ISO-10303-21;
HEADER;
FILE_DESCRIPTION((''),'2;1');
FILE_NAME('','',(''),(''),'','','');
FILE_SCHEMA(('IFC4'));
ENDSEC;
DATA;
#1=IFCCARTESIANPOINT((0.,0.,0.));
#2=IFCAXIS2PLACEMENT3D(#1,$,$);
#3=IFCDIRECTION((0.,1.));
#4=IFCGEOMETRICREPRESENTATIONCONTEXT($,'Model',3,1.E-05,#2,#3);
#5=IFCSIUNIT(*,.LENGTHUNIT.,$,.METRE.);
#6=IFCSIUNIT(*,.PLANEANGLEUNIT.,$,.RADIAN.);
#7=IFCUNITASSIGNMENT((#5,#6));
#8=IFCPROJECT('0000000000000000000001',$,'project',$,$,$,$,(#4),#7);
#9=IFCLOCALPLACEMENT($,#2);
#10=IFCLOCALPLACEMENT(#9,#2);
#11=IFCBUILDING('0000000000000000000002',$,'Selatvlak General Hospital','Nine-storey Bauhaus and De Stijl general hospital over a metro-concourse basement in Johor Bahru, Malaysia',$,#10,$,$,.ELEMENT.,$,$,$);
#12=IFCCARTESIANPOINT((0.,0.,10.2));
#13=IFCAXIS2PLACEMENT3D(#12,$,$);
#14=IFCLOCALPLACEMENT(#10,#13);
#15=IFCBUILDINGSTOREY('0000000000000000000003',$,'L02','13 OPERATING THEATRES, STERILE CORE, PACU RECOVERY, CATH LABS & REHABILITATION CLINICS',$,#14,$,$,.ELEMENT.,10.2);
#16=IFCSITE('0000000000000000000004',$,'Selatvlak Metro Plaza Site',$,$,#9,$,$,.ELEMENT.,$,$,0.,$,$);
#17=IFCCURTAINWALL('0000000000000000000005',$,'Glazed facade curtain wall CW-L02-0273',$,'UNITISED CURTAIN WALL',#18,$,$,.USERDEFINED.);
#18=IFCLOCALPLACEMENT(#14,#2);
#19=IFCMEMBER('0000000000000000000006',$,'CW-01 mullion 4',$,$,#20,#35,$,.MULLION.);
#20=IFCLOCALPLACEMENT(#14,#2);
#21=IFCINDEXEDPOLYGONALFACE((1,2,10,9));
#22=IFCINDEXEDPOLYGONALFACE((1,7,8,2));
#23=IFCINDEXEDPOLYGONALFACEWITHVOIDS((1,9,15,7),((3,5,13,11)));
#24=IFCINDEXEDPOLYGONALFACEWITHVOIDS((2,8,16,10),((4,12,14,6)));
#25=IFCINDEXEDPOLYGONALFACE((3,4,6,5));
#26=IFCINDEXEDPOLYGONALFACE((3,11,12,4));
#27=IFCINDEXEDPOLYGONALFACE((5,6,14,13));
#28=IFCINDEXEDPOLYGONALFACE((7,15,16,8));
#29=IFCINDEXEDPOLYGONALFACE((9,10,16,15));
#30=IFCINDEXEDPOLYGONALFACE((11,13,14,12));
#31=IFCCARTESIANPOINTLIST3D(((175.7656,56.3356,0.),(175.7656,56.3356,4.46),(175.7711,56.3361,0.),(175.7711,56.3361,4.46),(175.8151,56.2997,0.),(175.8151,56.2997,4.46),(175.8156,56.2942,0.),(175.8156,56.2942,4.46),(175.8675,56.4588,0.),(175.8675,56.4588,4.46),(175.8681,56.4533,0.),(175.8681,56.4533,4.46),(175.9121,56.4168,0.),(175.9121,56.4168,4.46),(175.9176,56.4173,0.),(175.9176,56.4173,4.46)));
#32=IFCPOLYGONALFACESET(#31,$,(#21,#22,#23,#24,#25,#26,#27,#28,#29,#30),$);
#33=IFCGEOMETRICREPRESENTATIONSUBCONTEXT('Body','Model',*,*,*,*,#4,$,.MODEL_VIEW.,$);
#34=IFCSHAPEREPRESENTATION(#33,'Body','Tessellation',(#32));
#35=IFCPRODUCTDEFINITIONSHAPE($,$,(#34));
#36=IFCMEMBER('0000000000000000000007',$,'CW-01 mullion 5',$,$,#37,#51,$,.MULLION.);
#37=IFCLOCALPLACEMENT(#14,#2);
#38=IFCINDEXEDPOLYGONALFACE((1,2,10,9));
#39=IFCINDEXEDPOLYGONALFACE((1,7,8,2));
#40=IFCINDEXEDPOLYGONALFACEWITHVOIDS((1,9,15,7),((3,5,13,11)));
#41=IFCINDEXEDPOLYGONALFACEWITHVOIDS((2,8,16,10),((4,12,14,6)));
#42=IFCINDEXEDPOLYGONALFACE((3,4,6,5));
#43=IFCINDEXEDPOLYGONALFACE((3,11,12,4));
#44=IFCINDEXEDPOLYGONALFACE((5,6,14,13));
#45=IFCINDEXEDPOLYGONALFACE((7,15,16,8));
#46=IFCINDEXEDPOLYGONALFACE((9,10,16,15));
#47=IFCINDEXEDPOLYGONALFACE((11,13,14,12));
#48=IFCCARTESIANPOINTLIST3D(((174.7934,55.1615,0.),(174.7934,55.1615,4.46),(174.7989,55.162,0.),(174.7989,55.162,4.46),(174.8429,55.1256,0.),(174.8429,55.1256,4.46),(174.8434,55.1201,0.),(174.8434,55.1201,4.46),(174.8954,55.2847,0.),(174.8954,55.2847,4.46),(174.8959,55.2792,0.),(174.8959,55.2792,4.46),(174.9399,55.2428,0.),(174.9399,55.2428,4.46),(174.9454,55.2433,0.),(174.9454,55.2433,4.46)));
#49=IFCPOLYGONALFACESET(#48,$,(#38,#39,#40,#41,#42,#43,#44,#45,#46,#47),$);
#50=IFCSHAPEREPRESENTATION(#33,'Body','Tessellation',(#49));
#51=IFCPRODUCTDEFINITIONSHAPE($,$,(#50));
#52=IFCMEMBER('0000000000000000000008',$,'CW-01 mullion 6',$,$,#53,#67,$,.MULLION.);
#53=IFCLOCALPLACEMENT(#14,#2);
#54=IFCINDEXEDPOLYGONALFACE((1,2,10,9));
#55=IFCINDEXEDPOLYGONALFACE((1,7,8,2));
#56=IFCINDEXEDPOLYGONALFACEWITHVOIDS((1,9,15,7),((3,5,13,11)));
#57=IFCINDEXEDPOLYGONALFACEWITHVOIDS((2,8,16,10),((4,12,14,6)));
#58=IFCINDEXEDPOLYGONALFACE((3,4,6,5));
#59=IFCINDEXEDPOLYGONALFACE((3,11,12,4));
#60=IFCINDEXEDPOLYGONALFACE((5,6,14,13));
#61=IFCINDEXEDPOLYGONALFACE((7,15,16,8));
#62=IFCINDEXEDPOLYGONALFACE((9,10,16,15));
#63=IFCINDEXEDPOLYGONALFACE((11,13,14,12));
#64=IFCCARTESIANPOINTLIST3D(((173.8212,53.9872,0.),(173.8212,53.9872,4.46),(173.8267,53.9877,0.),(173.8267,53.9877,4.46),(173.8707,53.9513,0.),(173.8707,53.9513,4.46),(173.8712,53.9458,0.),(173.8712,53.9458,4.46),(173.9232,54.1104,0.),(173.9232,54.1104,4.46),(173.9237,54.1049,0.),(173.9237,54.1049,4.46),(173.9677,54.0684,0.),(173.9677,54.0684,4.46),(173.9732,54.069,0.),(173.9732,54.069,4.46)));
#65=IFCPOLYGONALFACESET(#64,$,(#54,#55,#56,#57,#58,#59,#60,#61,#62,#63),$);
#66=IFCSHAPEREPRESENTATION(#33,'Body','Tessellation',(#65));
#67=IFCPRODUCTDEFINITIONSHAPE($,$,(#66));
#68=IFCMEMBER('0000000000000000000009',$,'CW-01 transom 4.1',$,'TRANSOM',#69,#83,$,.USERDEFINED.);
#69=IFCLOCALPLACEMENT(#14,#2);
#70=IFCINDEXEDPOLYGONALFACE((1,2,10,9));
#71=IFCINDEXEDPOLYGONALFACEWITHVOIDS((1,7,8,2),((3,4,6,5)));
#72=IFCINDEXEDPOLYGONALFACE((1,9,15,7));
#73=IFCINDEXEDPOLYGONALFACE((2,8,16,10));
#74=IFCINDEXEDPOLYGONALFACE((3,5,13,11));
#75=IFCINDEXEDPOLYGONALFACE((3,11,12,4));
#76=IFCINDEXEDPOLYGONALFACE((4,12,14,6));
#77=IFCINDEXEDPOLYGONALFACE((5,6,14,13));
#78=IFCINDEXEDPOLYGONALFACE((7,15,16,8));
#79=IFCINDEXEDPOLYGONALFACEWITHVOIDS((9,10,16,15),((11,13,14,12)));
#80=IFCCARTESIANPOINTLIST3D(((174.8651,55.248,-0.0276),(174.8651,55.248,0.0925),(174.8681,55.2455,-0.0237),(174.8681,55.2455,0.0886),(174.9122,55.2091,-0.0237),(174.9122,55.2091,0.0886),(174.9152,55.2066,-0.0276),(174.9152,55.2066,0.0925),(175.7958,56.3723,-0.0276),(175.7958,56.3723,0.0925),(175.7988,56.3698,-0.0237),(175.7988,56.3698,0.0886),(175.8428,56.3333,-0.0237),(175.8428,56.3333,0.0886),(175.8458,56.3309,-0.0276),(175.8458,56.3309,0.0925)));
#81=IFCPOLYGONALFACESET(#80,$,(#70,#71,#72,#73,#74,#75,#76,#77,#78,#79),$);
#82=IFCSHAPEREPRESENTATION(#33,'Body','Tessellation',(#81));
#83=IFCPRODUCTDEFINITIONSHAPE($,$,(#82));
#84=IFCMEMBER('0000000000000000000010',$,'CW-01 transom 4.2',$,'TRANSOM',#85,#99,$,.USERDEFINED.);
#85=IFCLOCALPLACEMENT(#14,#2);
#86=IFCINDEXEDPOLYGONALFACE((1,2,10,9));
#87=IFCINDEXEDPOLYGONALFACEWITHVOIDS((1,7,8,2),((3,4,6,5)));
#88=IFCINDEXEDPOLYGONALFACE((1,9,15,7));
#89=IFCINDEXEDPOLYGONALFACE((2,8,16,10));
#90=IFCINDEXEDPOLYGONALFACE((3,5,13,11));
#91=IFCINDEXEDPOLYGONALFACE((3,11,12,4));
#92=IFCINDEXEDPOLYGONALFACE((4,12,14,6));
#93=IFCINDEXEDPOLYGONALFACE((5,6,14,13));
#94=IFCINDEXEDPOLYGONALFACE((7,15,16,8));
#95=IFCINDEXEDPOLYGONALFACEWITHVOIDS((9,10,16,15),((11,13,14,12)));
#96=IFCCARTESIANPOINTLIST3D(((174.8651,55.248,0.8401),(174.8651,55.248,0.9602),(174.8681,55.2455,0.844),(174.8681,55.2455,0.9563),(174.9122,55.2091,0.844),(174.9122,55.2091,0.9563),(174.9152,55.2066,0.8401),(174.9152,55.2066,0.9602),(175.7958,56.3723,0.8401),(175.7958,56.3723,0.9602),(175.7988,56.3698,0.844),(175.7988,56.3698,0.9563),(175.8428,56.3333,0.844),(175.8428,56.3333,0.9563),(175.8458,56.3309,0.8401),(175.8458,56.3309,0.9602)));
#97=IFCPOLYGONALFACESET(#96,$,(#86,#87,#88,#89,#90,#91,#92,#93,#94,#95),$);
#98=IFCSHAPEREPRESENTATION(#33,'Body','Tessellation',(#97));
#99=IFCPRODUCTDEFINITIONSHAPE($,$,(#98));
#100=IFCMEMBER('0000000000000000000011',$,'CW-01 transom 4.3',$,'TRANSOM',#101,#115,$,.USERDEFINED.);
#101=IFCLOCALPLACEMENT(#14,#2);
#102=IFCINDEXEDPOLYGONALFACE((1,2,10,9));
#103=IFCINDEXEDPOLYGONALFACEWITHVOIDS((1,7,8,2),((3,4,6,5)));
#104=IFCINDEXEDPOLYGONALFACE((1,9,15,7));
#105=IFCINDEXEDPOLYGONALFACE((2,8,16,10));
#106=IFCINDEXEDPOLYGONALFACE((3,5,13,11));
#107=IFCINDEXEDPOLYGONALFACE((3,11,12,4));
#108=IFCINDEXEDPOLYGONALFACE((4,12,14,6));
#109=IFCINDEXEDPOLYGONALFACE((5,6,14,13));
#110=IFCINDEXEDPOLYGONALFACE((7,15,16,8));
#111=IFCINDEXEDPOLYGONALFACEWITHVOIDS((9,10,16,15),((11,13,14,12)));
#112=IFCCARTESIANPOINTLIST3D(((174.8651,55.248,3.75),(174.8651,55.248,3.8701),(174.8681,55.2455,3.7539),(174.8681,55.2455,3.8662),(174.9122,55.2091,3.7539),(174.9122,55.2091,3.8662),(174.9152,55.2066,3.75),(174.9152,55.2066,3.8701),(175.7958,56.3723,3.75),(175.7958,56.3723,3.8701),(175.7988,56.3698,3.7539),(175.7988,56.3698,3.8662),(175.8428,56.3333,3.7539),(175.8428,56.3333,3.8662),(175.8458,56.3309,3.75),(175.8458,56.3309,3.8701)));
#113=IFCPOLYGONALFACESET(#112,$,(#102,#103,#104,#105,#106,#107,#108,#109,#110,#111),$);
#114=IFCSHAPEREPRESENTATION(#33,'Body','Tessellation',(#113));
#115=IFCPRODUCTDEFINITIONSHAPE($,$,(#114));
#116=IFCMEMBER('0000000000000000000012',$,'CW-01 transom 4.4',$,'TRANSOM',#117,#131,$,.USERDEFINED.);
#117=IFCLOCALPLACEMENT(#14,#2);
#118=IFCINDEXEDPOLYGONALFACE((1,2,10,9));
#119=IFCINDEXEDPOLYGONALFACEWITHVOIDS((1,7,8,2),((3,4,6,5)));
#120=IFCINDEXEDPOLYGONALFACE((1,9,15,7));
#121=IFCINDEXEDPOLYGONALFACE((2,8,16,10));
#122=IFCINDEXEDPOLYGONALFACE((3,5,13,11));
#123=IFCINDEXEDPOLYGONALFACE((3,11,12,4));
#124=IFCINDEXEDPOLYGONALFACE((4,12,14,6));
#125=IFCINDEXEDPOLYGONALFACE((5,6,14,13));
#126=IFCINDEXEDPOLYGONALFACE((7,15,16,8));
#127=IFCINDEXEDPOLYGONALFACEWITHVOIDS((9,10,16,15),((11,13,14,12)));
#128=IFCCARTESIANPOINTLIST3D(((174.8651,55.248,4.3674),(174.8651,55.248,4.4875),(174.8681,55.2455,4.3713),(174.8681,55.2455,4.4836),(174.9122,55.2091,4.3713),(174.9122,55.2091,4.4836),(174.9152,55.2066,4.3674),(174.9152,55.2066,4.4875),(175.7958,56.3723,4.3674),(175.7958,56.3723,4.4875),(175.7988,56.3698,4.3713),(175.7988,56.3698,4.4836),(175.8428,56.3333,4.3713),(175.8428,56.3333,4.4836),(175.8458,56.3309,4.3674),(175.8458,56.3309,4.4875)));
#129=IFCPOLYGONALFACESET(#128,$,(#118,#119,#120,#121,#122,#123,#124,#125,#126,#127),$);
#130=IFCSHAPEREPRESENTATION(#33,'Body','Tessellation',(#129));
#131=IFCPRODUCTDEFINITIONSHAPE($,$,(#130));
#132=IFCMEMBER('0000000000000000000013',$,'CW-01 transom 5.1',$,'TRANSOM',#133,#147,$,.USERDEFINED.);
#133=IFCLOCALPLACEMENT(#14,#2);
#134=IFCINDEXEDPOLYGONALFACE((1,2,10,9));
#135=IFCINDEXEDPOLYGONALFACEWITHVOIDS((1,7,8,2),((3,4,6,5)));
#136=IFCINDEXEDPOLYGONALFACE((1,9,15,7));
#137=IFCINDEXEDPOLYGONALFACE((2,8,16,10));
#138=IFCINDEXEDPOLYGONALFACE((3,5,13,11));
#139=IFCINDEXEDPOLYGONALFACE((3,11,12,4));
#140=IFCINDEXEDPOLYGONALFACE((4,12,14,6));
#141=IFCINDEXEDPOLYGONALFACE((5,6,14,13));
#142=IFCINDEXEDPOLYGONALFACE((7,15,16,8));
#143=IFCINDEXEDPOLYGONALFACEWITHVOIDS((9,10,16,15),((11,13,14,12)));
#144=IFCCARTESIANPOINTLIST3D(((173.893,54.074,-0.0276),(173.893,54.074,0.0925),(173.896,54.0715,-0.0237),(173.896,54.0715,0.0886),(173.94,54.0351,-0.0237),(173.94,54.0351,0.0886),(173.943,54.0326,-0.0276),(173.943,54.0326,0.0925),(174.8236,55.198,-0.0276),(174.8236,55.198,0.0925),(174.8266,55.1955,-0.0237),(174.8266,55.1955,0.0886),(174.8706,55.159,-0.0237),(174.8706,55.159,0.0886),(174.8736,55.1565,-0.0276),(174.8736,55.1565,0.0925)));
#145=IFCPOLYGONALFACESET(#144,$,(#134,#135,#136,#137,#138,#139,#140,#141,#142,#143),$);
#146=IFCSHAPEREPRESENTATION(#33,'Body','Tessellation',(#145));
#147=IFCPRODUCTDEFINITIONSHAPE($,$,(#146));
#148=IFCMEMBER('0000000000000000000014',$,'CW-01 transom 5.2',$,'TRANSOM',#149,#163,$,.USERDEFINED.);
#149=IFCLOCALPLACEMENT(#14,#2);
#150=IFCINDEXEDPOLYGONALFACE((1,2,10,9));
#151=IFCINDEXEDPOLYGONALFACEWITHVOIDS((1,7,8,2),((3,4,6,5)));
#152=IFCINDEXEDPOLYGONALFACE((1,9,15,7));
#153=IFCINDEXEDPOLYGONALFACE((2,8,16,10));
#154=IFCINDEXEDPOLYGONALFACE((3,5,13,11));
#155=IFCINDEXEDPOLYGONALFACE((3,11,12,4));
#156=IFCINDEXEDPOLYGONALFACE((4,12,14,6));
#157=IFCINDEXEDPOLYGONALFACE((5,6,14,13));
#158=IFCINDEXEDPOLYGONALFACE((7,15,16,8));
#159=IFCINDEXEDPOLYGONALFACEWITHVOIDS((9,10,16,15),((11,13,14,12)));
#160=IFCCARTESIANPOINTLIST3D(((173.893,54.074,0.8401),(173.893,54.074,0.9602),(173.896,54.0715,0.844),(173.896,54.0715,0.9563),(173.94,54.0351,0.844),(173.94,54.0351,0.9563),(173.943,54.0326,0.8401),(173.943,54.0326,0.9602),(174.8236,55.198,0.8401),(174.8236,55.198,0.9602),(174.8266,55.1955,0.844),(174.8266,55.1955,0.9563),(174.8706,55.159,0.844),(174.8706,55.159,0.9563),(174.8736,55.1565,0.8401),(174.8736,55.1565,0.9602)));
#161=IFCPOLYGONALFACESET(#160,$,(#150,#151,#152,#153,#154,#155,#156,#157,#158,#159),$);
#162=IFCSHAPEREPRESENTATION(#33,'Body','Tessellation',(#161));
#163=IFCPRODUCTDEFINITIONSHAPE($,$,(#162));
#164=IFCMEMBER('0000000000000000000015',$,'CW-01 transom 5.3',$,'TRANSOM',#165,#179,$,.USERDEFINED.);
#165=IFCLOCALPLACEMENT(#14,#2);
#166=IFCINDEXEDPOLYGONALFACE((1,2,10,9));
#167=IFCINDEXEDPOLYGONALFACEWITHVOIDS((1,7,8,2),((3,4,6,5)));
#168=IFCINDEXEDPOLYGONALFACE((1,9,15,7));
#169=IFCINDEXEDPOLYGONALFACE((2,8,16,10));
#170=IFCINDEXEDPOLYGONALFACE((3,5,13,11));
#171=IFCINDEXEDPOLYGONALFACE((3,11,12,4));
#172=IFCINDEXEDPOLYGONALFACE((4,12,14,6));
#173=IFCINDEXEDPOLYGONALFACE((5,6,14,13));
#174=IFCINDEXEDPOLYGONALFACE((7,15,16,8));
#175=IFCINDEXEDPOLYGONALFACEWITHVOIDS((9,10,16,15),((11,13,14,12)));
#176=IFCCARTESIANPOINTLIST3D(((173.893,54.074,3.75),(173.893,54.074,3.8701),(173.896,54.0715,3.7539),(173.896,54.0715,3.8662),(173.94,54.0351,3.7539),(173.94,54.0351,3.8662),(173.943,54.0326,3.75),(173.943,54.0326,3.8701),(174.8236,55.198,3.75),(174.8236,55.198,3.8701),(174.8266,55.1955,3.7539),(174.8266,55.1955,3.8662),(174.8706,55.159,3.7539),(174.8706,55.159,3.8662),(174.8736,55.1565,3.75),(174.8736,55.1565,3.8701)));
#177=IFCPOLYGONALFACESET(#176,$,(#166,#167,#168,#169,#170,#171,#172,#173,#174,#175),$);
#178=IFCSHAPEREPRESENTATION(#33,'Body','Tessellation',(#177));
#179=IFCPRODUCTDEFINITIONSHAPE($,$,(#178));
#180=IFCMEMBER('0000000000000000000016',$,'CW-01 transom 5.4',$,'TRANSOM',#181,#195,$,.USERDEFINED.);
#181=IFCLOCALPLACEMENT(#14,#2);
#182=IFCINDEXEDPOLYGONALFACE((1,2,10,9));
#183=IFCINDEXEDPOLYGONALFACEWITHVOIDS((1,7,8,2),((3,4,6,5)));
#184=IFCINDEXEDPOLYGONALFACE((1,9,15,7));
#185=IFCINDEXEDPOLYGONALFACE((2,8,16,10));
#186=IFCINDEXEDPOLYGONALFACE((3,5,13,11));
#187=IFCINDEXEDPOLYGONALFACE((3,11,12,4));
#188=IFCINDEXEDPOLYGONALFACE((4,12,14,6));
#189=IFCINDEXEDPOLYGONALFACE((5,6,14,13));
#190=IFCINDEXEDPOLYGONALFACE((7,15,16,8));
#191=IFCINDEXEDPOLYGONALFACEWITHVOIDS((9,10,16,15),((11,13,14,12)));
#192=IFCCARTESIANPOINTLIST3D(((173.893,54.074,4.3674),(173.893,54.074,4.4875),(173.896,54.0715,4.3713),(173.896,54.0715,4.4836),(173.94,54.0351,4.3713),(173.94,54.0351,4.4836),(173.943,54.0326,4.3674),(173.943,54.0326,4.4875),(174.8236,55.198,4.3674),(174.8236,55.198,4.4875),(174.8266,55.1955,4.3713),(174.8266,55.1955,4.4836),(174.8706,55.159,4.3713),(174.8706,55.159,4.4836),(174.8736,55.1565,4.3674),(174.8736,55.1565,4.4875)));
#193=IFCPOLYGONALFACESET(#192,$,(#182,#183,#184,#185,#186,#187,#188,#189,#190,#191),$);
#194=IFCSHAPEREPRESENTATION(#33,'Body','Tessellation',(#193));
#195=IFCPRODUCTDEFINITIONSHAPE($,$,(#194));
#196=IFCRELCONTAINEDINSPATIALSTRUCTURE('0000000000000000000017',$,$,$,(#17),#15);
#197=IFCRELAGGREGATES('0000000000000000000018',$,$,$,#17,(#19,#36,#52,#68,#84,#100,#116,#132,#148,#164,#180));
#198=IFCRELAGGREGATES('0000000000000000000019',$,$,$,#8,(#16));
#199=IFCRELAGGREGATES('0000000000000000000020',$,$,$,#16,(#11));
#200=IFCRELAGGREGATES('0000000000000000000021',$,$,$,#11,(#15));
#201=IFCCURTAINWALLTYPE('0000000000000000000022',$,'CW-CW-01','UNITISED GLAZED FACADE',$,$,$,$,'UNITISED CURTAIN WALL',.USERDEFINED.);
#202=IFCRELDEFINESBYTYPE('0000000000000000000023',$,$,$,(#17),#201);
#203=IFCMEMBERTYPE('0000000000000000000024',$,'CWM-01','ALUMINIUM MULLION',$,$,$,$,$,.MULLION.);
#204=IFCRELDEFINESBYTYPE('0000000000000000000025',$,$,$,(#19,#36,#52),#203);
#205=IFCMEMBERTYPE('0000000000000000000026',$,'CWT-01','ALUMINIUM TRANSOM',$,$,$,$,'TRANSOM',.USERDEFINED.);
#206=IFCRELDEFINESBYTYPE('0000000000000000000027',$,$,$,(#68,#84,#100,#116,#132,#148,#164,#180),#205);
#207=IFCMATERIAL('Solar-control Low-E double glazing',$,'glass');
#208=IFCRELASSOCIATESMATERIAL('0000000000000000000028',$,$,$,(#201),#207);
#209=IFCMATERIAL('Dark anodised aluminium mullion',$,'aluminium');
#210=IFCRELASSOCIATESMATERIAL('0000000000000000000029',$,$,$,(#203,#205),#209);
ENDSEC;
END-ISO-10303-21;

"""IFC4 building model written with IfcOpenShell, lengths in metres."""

from ifc_helpers import new_model, si_unit, direction, frame, origin, origin_2d, place, context, subcontext, project, spatial, hollow_rectangle, extrude, material, material_profile, profile_set, type_object, element, aggregate, save


model = new_model("IFC4")

# Units and contexts
model_context = context("Model", 3, precision=1e-05, world=origin(), true_north=direction((0.0, 1.0)))
body_context = subcontext(model_context, "Body", "Model", "MODEL_VIEW")
ifc_project = project(units=[si_unit("LENGTHUNIT", "METRE"), si_unit("PLANEANGLEUNIT", "RADIAN")], contexts=[model_context])

# Site, building, storey
site_placement = place(None, origin())
site = spatial("IfcSite", under=ifc_project, at=site_placement, Name="Selatvlak Metro Plaza Site", CompositionType="ELEMENT", RefElevation=0.0)
building_placement = place(site_placement, origin())
building = spatial("IfcBuilding", under=site, at=building_placement, Name="Selatvlak General Hospital", Description="Nine-storey Bauhaus and De Stijl general hospital over a metro-concourse basement in Johor Bahru, Malaysia", CompositionType="ELEMENT")
storey_placement = place(building_placement, frame((0.0, 0.0, 10.2)))
storey = spatial("IfcBuildingStorey", under=building, at=storey_placement, Name="L02", Description="13 OPERATING THEATRES, STERILE CORE, PACU RECOVERY, CATH LABS & REHABILITATION CLINICS", CompositionType="ELEMENT", Elevation=10.2)

# Curtain wall, members
ifc_material_1 = material(Name="Solar-control Low-E double glazing", Category="glass")
curtain_wall_type = type_object("IfcCurtainWallType", Name="CW-CW-01", Description="UNITISED GLAZED FACADE", ElementType="UNITISED CURTAIN WALL", PredefinedType="USERDEFINED", material=ifc_material_1)
curtain_wall_placement = place(storey_placement, origin())
curtain_wall = element("IfcCurtainWall", 1, at=curtain_wall_placement, inside=storey, type_object=curtain_wall_type, Name="Glazed facade curtain wall CW-L02-0273", ObjectType="UNITISED CURTAIN WALL", PredefinedType="USERDEFINED")
ifc_material_2 = material(Name="Dark anodised aluminium mullion", Category="aluminium")
ifc_material_profile_1 = material_profile(ifc_material_2, hollow_rectangle(XDim=0.0649, YDim=0.1599, WallThickness=0.0039, at=origin_2d()), Name="AL-MUL 65x160x4")
ifc_profile_set_1 = profile_set([ifc_material_profile_1], Name="Dark anodised aluminium mullion")
member_type_1 = type_object("IfcMemberType", Name="CWM-01", Description="ALUMINIUM MULLION", PredefinedType="MULLION", material=ifc_profile_set_1)
member_1_placement = place(storey_placement, frame((175.8416, 56.3765, 0.0), z_axis=(0.0, 0.0, 1.0), x_axis=(0.770252, -0.63774, 0.0)))
member_1 = element("IfcMember", 2, at=member_1_placement, type_object=member_type_1, Name="CW-01 mullion 4", PredefinedType="MULLION", context=body_context, shape_type="SweptSolid", body=[
    extrude(hollow_rectangle(XDim=0.0649, YDim=0.1599, WallThickness=0.0039, at=origin_2d()), origin(), (0.0, 0.0, 1.0), 4.46),
])
member_2_placement = place(storey_placement, frame((174.8694, 55.2024, 0.0), z_axis=(0.0, 0.0, 1.0), x_axis=(0.770252, -0.63774, 0.0)))
member_2 = element("IfcMember", 3, at=member_2_placement, type_object=member_type_1, Name="CW-01 mullion 5", PredefinedType="MULLION", context=body_context, shape_type="SweptSolid", body=[
    extrude(hollow_rectangle(XDim=0.0649, YDim=0.1599, WallThickness=0.0039, at=origin_2d()), origin(), (0.0, 0.0, 1.0), 4.46),
])
member_3_placement = place(storey_placement, frame((173.8972, 54.0281, 0.0), z_axis=(0.0, 0.0, 1.0), x_axis=(0.770252, -0.63774, 0.0)))
member_3 = element("IfcMember", 4, at=member_3_placement, type_object=member_type_1, Name="CW-01 mullion 6", PredefinedType="MULLION", context=body_context, shape_type="SweptSolid", body=[
    extrude(hollow_rectangle(XDim=0.0649, YDim=0.1599, WallThickness=0.0039, at=origin_2d()), origin(), (0.0, 0.0, 1.0), 4.46),
])
ifc_material_profile_2 = material_profile(ifc_material_2, hollow_rectangle(XDim=0.0649, YDim=0.1201, WallThickness=0.0039, at=origin_2d()), Name="AL-TRN 65x120x4")
ifc_profile_set_2 = profile_set([ifc_material_profile_2], Name="Dark anodised aluminium mullion")
member_type_2 = type_object("IfcMemberType", Name="CWT-01", Description="ALUMINIUM TRANSOM", ElementType="TRANSOM", PredefinedType="USERDEFINED", material=ifc_profile_set_2)
member_4_placement = place(storey_placement, frame((175.8208, 56.3516, 0.0325), z_axis=(-0.637664, -0.770315, 0.0), x_axis=(0.770315, -0.637664, 0.0)))
member_4 = element("IfcMember", 5, at=member_4_placement, type_object=member_type_2, Name="CW-01 transom 4.1", ObjectType="TRANSOM", PredefinedType="USERDEFINED", context=body_context, shape_type="SweptSolid", body=[
    extrude(hollow_rectangle(XDim=0.0649, YDim=0.1201, WallThickness=0.0039, at=origin_2d()), origin(), (0.0, 0.0, 1.0), 1.4595),
])
member_5_placement = place(storey_placement, frame((175.8208, 56.3516, 0.9001), z_axis=(-0.637664, -0.770315, 0.0), x_axis=(0.770315, -0.637664, 0.0)))
member_5 = element("IfcMember", 6, at=member_5_placement, type_object=member_type_2, Name="CW-01 transom 4.2", ObjectType="TRANSOM", PredefinedType="USERDEFINED", context=body_context, shape_type="SweptSolid", body=[
    extrude(hollow_rectangle(XDim=0.0649, YDim=0.1201, WallThickness=0.0039, at=origin_2d()), origin(), (0.0, 0.0, 1.0), 1.4595),
])
member_6_placement = place(storey_placement, frame((175.8208, 56.3516, 3.8101), z_axis=(-0.637664, -0.770315, 0.0), x_axis=(0.770315, -0.637664, 0.0)))
member_6 = element("IfcMember", 7, at=member_6_placement, type_object=member_type_2, Name="CW-01 transom 4.3", ObjectType="TRANSOM", PredefinedType="USERDEFINED", context=body_context, shape_type="SweptSolid", body=[
    extrude(hollow_rectangle(XDim=0.0649, YDim=0.1201, WallThickness=0.0039, at=origin_2d()), origin(), (0.0, 0.0, 1.0), 1.4595),
])
member_7_placement = place(storey_placement, frame((175.8208, 56.3516, 4.4275), z_axis=(-0.637664, -0.770315, 0.0), x_axis=(0.770315, -0.637664, 0.0)))
member_7 = element("IfcMember", 8, at=member_7_placement, type_object=member_type_2, Name="CW-01 transom 4.4", ObjectType="TRANSOM", PredefinedType="USERDEFINED", context=body_context, shape_type="SweptSolid", body=[
    extrude(hollow_rectangle(XDim=0.0649, YDim=0.1201, WallThickness=0.0039, at=origin_2d()), origin(), (0.0, 0.0, 1.0), 1.4595),
])
member_8_placement = place(storey_placement, frame((174.8486, 55.1772, 0.0325), z_axis=(-0.637746, -0.770247, 0.0), x_axis=(0.770247, -0.637746, 0.0)))
member_8 = element("IfcMember", 9, at=member_8_placement, type_object=member_type_2, Name="CW-01 transom 5.1", ObjectType="TRANSOM", PredefinedType="USERDEFINED", context=body_context, shape_type="SweptSolid", body=[
    extrude(hollow_rectangle(XDim=0.0649, YDim=0.1201, WallThickness=0.0039, at=origin_2d()), origin(), (0.0, 0.0, 1.0), 1.4592),
])
member_9_placement = place(storey_placement, frame((174.8486, 55.1772, 0.9001), z_axis=(-0.637746, -0.770247, 0.0), x_axis=(0.770247, -0.637746, 0.0)))
member_9 = element("IfcMember", 10, at=member_9_placement, type_object=member_type_2, Name="CW-01 transom 5.2", ObjectType="TRANSOM", PredefinedType="USERDEFINED", context=body_context, shape_type="SweptSolid", body=[
    extrude(hollow_rectangle(XDim=0.0649, YDim=0.1201, WallThickness=0.0039, at=origin_2d()), origin(), (0.0, 0.0, 1.0), 1.4592),
])
member_10_placement = place(storey_placement, frame((174.8486, 55.1772, 3.8101), z_axis=(-0.637746, -0.770247, 0.0), x_axis=(0.770247, -0.637746, 0.0)))
member_10 = element("IfcMember", 11, at=member_10_placement, type_object=member_type_2, Name="CW-01 transom 5.3", ObjectType="TRANSOM", PredefinedType="USERDEFINED", context=body_context, shape_type="SweptSolid", body=[
    extrude(hollow_rectangle(XDim=0.0649, YDim=0.1201, WallThickness=0.0039, at=origin_2d()), origin(), (0.0, 0.0, 1.0), 1.4592),
])
member_11_placement = place(storey_placement, frame((174.8486, 55.1772, 4.4275), z_axis=(-0.637746, -0.770247, 0.0), x_axis=(0.770247, -0.637746, 0.0)))
member_11 = element("IfcMember", 12, at=member_11_placement, type_object=member_type_2, Name="CW-01 transom 5.4", ObjectType="TRANSOM", PredefinedType="USERDEFINED", context=body_context, shape_type="SweptSolid", body=[
    extrude(hollow_rectangle(XDim=0.0649, YDim=0.1201, WallThickness=0.0039, at=origin_2d()), origin(), (0.0, 0.0, 1.0), 1.4592),
])
aggregate(curtain_wall, [member_1, member_2, member_3, member_4, member_5, member_6, member_7, member_8, member_9, member_10, member_11])

save(model, "model.ifc")
